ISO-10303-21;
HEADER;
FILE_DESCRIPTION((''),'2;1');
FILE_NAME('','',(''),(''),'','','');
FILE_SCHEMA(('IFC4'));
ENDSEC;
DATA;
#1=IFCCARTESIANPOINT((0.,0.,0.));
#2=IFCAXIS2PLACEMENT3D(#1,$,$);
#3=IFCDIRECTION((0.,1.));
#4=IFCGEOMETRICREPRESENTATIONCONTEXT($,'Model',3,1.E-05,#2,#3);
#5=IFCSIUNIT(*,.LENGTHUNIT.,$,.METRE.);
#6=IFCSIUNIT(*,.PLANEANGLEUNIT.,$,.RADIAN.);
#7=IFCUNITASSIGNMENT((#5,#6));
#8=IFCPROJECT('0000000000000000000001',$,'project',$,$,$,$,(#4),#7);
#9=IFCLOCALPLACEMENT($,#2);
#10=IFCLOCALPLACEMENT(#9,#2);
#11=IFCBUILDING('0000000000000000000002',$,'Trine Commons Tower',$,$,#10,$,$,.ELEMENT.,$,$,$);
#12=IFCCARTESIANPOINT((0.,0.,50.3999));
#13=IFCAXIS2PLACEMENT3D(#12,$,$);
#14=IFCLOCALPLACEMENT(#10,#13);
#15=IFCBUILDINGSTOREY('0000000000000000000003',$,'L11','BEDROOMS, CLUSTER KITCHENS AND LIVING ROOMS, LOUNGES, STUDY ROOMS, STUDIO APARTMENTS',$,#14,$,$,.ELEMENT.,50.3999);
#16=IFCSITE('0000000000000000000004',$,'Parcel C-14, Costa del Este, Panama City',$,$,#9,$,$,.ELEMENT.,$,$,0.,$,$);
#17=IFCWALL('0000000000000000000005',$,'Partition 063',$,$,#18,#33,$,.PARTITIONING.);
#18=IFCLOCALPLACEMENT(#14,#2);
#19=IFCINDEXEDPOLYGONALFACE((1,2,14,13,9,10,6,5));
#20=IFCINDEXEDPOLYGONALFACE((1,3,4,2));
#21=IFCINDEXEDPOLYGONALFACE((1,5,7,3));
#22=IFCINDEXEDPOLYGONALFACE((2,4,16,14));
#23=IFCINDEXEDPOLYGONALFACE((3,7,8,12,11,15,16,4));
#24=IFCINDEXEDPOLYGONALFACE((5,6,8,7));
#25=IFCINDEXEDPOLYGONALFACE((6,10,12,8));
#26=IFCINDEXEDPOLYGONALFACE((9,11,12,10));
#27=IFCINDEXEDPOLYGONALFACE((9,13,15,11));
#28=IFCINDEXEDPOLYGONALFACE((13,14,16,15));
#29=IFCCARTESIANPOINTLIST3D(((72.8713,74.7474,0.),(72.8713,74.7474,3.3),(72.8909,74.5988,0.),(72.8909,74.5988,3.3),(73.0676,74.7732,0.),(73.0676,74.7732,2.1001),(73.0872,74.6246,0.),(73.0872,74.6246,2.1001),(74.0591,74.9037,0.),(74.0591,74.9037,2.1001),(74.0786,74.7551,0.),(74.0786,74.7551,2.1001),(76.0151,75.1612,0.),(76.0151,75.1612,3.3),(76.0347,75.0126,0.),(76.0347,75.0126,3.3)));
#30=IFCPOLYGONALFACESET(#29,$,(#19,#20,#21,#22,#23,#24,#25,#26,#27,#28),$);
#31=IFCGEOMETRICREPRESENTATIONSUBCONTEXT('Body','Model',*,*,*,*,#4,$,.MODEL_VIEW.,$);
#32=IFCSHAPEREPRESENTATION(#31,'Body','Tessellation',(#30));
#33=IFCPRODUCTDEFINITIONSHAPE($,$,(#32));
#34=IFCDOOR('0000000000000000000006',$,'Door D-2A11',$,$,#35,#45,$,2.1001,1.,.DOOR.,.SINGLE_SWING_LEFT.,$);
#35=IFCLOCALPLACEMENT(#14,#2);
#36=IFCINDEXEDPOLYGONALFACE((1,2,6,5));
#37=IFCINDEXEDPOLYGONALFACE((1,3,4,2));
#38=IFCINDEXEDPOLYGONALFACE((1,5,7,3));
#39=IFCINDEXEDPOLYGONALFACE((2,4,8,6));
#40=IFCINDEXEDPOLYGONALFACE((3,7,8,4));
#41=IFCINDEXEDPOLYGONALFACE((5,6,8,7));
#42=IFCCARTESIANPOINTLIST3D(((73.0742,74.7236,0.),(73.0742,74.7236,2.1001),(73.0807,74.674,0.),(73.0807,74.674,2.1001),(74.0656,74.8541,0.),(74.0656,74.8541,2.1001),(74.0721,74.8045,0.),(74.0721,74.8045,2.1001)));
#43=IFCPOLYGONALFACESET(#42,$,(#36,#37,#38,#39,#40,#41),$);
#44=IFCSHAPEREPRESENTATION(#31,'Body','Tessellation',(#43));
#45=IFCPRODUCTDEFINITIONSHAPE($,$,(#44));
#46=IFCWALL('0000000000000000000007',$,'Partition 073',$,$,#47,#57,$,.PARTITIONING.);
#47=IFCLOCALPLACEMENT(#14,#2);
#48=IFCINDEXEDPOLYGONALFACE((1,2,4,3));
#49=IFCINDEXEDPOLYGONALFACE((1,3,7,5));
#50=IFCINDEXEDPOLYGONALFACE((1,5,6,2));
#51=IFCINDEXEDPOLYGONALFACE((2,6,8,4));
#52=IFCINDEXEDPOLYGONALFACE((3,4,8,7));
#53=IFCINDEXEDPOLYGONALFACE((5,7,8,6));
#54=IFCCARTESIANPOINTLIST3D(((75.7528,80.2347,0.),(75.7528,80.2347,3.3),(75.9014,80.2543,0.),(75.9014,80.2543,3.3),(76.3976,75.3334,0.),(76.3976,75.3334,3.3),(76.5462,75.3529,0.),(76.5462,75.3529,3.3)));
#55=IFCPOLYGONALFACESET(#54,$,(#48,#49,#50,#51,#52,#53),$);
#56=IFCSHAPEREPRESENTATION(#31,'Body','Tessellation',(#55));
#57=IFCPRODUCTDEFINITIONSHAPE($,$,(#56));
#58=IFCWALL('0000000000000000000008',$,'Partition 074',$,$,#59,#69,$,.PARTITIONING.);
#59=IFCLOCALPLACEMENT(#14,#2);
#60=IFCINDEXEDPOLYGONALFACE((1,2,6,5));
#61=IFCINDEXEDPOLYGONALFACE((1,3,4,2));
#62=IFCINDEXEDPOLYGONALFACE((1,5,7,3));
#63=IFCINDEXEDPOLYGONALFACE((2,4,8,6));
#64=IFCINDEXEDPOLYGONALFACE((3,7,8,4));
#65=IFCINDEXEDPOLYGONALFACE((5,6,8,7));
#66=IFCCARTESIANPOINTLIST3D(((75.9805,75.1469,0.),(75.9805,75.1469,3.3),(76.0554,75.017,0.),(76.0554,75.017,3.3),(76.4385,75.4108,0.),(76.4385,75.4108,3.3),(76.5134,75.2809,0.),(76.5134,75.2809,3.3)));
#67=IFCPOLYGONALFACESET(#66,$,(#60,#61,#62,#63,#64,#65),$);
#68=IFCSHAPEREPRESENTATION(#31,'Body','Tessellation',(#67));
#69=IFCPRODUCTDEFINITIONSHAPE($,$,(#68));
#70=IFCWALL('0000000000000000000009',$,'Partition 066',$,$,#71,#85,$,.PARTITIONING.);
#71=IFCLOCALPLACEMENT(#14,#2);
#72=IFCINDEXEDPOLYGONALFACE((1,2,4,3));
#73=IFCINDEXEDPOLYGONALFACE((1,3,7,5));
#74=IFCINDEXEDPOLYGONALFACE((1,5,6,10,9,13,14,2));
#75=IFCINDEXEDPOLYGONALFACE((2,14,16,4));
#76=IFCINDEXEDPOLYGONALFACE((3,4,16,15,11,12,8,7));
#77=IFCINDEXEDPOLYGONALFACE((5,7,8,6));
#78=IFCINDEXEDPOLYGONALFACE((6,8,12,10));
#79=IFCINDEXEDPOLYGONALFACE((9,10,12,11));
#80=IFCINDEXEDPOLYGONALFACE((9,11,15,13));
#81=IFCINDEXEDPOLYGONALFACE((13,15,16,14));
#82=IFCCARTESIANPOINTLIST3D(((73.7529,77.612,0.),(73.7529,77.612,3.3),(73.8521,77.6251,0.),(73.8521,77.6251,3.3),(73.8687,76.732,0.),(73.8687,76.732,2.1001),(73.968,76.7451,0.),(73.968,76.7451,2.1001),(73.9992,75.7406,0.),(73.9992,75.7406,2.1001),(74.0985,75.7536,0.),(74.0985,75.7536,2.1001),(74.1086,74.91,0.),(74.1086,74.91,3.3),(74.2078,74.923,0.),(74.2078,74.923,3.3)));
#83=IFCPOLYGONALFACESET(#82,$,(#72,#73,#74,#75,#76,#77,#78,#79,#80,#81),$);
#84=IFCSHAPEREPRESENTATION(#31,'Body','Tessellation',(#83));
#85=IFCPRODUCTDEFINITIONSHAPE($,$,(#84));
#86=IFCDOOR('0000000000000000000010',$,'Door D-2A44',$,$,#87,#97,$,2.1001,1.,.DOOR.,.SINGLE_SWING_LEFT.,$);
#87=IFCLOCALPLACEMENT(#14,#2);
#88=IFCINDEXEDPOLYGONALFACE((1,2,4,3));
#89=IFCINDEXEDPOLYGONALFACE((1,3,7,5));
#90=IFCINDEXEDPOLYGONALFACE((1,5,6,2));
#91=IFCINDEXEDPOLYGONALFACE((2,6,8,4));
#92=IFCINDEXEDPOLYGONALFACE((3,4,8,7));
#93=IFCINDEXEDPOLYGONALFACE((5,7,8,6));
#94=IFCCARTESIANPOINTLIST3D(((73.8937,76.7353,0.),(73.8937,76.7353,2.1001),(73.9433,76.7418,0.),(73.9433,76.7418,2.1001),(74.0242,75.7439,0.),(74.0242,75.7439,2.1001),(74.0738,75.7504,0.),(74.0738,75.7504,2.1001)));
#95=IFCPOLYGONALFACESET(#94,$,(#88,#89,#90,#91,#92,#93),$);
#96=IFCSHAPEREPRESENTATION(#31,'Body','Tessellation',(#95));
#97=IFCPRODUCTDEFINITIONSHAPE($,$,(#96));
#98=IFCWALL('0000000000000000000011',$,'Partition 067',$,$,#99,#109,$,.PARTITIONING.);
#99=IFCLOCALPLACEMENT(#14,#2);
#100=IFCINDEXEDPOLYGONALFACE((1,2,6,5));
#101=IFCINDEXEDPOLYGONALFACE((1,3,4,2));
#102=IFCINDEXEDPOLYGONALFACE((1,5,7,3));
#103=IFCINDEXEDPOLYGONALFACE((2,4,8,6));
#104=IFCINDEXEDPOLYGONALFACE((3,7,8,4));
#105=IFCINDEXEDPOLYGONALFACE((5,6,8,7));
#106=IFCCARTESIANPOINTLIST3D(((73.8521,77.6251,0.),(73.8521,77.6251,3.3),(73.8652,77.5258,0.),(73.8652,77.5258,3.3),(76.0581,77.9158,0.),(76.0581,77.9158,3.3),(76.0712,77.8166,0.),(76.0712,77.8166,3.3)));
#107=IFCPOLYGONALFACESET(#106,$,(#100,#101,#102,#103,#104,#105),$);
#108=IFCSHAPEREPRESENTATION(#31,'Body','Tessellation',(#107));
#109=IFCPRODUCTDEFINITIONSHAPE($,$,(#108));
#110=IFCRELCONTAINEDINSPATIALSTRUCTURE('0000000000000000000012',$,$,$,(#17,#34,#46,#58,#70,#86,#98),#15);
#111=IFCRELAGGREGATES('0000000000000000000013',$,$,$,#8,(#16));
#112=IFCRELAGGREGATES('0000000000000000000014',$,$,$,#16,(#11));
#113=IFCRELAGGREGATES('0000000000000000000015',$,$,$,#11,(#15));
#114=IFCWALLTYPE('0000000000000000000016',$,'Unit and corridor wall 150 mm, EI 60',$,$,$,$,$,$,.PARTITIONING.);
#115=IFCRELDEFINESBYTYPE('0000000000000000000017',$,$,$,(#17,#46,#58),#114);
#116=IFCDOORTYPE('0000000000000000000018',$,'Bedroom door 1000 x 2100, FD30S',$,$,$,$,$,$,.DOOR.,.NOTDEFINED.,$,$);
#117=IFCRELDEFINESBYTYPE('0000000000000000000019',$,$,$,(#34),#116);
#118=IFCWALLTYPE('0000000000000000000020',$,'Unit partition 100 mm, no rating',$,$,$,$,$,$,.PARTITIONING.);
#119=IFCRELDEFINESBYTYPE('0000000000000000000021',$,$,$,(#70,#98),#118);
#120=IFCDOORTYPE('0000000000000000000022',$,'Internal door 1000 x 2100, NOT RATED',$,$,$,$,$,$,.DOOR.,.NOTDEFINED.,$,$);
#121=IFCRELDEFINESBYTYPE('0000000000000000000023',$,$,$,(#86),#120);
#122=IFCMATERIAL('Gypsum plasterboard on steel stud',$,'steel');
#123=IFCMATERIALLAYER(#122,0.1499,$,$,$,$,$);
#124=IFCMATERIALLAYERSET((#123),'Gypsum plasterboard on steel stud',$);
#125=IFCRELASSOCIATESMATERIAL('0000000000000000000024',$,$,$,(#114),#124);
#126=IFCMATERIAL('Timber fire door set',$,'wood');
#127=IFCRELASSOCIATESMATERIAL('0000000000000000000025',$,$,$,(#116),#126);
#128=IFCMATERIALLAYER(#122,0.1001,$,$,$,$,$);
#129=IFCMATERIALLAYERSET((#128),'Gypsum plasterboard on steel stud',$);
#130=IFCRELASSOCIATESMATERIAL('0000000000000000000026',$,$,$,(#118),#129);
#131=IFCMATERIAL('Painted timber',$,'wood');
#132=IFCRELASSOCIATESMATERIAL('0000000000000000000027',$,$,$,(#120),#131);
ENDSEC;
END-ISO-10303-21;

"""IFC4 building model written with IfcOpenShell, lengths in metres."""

from ifc_helpers import new_model, si_unit, direction, frame, frame_2d, origin, place, context, subcontext, project, spatial, rectangle, extrude, material, layer, layer_set, type_object, element, fill, save


model = new_model("IFC4")

# Units and contexts
model_context = context("Model", 3, precision=1e-05, world=origin(), true_north=direction((0.0, 1.0)))
body_context = subcontext(model_context, "Body", "Model", "MODEL_VIEW")
ifc_project = project(units=[si_unit("LENGTHUNIT", "METRE"), si_unit("PLANEANGLEUNIT", "RADIAN")], contexts=[model_context])

# Site, building, storey
site_placement = place(None, origin())
site = spatial("IfcSite", under=ifc_project, at=site_placement, Name="Parcel C-14, Costa del Este, Panama City", CompositionType="ELEMENT", RefElevation=0.0)
building_placement = place(site_placement, origin())
building = spatial("IfcBuilding", under=site, at=building_placement, Name="Trine Commons Tower", CompositionType="ELEMENT")
storey_placement = place(building_placement, frame((0.0, 0.0, 50.3999)))
storey = spatial("IfcBuildingStorey", under=building, at=storey_placement, Name="L11", Description="BEDROOMS, CLUSTER KITCHENS AND LIVING ROOMS, LOUNGES, STUDY ROOMS, STUDIO APARTMENTS", CompositionType="ELEMENT", Elevation=50.3999)

# Shared definitions
ifc_material_1 = material(Name="Gypsum plasterboard on steel stud", Category="steel")
ifc_layer_1 = layer(ifc_material_1, 0.1499)
ifc_layer_set_1 = layer_set([ifc_layer_1], Name="Gypsum plasterboard on steel stud")
wall_type_1 = type_object("IfcWallType", Name="Unit and corridor wall 150 mm, EI 60", PredefinedType="PARTITIONING", material=ifc_layer_set_1)

# Shared definitions
ifc_material_2 = material(Name="Painted timber", Category="wood")

# Wall, opening, door
wall_1_placement = place(storey_placement, frame((72.8811, 74.6731, 0.0), z_axis=(0.0, 0.0, 1.0), x_axis=(0.991448, 0.130504, 0.0)))
wall_1 = element("IfcWall", 1, at=wall_1_placement, inside=storey, type_object=wall_type_1, Name="Partition 063", PredefinedType="PARTITIONING", context=body_context, shape_type="SweptSolid", body=[
    extrude(rectangle(XDim=3.1709, YDim=0.1499, at=frame_2d((1.5854, 0.0))), origin(), (0.0, 0.0, 1.0), 3.3),
])
opening_1_placement = place(wall_1_placement, frame((0.198, 0.0, 0.0)))
opening_1 = element("IfcOpeningElement", 2, at=opening_1_placement, cuts=wall_1, PredefinedType="OPENING", context=body_context, shape_type="SweptSolid", body=[
    extrude(rectangle(XDim=1.0, YDim=2.1001, at=frame_2d((0.5, 1.05))), frame((0.0, 0.085, 0.0), z_axis=(0.0, -1.0, 0.0), x_axis=(1.0, 0.0, 0.0)), (0.0, 0.0, 1.0), 0.1699),
])
ifc_material_3 = material(Name="Timber fire door set", Category="wood")
door_type_1 = type_object("IfcDoorType", Name="Bedroom door 1000 x 2100, FD30S", OperationType="NOTDEFINED", PredefinedType="DOOR", material=ifc_material_3)
door_1_placement = place(opening_1_placement, origin())
door_1 = element("IfcDoor", 3, at=door_1_placement, inside=storey, type_object=door_type_1, Name="Door D-2A11", OperationType="SINGLE_SWING_LEFT", OverallHeight=2.1001, OverallWidth=1.0, PredefinedType="DOOR", context=body_context, shape_type="SweptSolid", body=[
    extrude(rectangle(XDim=1.0, YDim=2.1001, at=frame_2d((0.5, 1.05))), frame((0.0, 0.0249, 0.0), z_axis=(0.0, -1.0, 0.0), x_axis=(1.0, 0.0, 0.0)), (0.0, 0.0, 1.0), 0.05),
])
fill(opening_1, door_1)

# Walls
wall_2_placement = place(storey_placement, frame((75.8271, 80.2444, 0.0), z_axis=(0.0, 0.0, 1.0), x_axis=(0.130426, -0.991458, 0.0)))
element("IfcWall", 4, at=wall_2_placement, inside=storey, type_object=wall_type_1, Name="Partition 073", PredefinedType="PARTITIONING", context=body_context, shape_type="SweptSolid", body=[
    extrude(rectangle(XDim=4.9436, YDim=0.1499, at=frame_2d((2.4717, 0.0))), origin(), (0.0, 0.0, 1.0), 3.3),
])
wall_3_placement = place(storey_placement, frame((76.0181, 75.082, 0.0), z_axis=(0.0, 0.0, 1.0), x_axis=(0.866447, 0.499269, 0.0)))
element("IfcWall", 5, at=wall_3_placement, inside=storey, type_object=wall_type_1, Name="Partition 074", PredefinedType="PARTITIONING", context=body_context, shape_type="SweptSolid", body=[
    extrude(rectangle(XDim=0.5286, YDim=0.1499, at=frame_2d((0.2642, 0.0))), origin(), (0.0, 0.0, 1.0), 3.3),
])

# Wall, opening, door
ifc_layer_2 = layer(ifc_material_1, 0.1001)
ifc_layer_set_2 = layer_set([ifc_layer_2], Name="Gypsum plasterboard on steel stud")
wall_type_2 = type_object("IfcWallType", Name="Unit partition 100 mm, no rating", PredefinedType="PARTITIONING", material=ifc_layer_set_2)
wall_4_placement = place(storey_placement, frame((73.8025, 77.6187, 0.0), z_axis=(0.0, 0.0, 1.0), x_axis=(0.130515, -0.991446, 0.0)))
wall_4 = element("IfcWall", 6, at=wall_4_placement, inside=storey, type_object=wall_type_2, Name="Partition 066", PredefinedType="PARTITIONING", context=body_context, shape_type="SweptSolid", body=[
    extrude(rectangle(XDim=2.7253, YDim=0.1001, at=frame_2d((1.3628, 0.0))), origin(), (0.0, 0.0, 1.0), 3.3),
])
opening_2_placement = place(wall_4_placement, frame((0.8877, 0.0, 0.0)))
opening_2 = element("IfcOpeningElement", 7, at=opening_2_placement, cuts=wall_4, PredefinedType="OPENING", context=body_context, shape_type="SweptSolid", body=[
    extrude(rectangle(XDim=1.0, YDim=2.1001, at=frame_2d((0.5, 1.05))), frame((0.0, 0.0601, 0.0), z_axis=(0.0, -1.0, 0.0), x_axis=(1.0, 0.0, 0.0)), (0.0, 0.0, 1.0), 0.1201),
])
door_type_2 = type_object("IfcDoorType", Name="Internal door 1000 x 2100, NOT RATED", OperationType="NOTDEFINED", PredefinedType="DOOR", material=ifc_material_2)
door_2_placement = place(opening_2_placement, frame((1.0, 0.0, 0.0), z_axis=(0.0, 0.0, 1.0), x_axis=(-1.0, 0.0, 0.0)))
door_2 = element("IfcDoor", 8, at=door_2_placement, inside=storey, type_object=door_type_2, Name="Door D-2A44", OperationType="SINGLE_SWING_LEFT", OverallHeight=2.1001, OverallWidth=1.0, PredefinedType="DOOR", context=body_context, shape_type="SweptSolid", body=[
    extrude(rectangle(XDim=1.0, YDim=2.1001, at=frame_2d((0.5, 1.05))), frame((0.0, 0.0249, 0.0), z_axis=(0.0, -1.0, 0.0), x_axis=(1.0, 0.0, 0.0)), (0.0, 0.0, 1.0), 0.05),
])
fill(opening_2, door_2)

# Wall
wall_5_placement = place(storey_placement, frame((73.8586, 77.5754, 0.0), z_axis=(0.0, 0.0, 1.0), x_axis=(0.991425, 0.130676, 0.0)))
element("IfcWall", 9, at=wall_5_placement, inside=storey, type_object=wall_type_2, Name="Partition 067", PredefinedType="PARTITIONING", context=body_context, shape_type="SweptSolid", body=[
    extrude(rectangle(XDim=2.2251, YDim=0.1001, at=frame_2d((1.1125, 0.0))), origin(), (0.0, 0.0, 1.0), 3.3),
])

save(model, "model.ifc")
